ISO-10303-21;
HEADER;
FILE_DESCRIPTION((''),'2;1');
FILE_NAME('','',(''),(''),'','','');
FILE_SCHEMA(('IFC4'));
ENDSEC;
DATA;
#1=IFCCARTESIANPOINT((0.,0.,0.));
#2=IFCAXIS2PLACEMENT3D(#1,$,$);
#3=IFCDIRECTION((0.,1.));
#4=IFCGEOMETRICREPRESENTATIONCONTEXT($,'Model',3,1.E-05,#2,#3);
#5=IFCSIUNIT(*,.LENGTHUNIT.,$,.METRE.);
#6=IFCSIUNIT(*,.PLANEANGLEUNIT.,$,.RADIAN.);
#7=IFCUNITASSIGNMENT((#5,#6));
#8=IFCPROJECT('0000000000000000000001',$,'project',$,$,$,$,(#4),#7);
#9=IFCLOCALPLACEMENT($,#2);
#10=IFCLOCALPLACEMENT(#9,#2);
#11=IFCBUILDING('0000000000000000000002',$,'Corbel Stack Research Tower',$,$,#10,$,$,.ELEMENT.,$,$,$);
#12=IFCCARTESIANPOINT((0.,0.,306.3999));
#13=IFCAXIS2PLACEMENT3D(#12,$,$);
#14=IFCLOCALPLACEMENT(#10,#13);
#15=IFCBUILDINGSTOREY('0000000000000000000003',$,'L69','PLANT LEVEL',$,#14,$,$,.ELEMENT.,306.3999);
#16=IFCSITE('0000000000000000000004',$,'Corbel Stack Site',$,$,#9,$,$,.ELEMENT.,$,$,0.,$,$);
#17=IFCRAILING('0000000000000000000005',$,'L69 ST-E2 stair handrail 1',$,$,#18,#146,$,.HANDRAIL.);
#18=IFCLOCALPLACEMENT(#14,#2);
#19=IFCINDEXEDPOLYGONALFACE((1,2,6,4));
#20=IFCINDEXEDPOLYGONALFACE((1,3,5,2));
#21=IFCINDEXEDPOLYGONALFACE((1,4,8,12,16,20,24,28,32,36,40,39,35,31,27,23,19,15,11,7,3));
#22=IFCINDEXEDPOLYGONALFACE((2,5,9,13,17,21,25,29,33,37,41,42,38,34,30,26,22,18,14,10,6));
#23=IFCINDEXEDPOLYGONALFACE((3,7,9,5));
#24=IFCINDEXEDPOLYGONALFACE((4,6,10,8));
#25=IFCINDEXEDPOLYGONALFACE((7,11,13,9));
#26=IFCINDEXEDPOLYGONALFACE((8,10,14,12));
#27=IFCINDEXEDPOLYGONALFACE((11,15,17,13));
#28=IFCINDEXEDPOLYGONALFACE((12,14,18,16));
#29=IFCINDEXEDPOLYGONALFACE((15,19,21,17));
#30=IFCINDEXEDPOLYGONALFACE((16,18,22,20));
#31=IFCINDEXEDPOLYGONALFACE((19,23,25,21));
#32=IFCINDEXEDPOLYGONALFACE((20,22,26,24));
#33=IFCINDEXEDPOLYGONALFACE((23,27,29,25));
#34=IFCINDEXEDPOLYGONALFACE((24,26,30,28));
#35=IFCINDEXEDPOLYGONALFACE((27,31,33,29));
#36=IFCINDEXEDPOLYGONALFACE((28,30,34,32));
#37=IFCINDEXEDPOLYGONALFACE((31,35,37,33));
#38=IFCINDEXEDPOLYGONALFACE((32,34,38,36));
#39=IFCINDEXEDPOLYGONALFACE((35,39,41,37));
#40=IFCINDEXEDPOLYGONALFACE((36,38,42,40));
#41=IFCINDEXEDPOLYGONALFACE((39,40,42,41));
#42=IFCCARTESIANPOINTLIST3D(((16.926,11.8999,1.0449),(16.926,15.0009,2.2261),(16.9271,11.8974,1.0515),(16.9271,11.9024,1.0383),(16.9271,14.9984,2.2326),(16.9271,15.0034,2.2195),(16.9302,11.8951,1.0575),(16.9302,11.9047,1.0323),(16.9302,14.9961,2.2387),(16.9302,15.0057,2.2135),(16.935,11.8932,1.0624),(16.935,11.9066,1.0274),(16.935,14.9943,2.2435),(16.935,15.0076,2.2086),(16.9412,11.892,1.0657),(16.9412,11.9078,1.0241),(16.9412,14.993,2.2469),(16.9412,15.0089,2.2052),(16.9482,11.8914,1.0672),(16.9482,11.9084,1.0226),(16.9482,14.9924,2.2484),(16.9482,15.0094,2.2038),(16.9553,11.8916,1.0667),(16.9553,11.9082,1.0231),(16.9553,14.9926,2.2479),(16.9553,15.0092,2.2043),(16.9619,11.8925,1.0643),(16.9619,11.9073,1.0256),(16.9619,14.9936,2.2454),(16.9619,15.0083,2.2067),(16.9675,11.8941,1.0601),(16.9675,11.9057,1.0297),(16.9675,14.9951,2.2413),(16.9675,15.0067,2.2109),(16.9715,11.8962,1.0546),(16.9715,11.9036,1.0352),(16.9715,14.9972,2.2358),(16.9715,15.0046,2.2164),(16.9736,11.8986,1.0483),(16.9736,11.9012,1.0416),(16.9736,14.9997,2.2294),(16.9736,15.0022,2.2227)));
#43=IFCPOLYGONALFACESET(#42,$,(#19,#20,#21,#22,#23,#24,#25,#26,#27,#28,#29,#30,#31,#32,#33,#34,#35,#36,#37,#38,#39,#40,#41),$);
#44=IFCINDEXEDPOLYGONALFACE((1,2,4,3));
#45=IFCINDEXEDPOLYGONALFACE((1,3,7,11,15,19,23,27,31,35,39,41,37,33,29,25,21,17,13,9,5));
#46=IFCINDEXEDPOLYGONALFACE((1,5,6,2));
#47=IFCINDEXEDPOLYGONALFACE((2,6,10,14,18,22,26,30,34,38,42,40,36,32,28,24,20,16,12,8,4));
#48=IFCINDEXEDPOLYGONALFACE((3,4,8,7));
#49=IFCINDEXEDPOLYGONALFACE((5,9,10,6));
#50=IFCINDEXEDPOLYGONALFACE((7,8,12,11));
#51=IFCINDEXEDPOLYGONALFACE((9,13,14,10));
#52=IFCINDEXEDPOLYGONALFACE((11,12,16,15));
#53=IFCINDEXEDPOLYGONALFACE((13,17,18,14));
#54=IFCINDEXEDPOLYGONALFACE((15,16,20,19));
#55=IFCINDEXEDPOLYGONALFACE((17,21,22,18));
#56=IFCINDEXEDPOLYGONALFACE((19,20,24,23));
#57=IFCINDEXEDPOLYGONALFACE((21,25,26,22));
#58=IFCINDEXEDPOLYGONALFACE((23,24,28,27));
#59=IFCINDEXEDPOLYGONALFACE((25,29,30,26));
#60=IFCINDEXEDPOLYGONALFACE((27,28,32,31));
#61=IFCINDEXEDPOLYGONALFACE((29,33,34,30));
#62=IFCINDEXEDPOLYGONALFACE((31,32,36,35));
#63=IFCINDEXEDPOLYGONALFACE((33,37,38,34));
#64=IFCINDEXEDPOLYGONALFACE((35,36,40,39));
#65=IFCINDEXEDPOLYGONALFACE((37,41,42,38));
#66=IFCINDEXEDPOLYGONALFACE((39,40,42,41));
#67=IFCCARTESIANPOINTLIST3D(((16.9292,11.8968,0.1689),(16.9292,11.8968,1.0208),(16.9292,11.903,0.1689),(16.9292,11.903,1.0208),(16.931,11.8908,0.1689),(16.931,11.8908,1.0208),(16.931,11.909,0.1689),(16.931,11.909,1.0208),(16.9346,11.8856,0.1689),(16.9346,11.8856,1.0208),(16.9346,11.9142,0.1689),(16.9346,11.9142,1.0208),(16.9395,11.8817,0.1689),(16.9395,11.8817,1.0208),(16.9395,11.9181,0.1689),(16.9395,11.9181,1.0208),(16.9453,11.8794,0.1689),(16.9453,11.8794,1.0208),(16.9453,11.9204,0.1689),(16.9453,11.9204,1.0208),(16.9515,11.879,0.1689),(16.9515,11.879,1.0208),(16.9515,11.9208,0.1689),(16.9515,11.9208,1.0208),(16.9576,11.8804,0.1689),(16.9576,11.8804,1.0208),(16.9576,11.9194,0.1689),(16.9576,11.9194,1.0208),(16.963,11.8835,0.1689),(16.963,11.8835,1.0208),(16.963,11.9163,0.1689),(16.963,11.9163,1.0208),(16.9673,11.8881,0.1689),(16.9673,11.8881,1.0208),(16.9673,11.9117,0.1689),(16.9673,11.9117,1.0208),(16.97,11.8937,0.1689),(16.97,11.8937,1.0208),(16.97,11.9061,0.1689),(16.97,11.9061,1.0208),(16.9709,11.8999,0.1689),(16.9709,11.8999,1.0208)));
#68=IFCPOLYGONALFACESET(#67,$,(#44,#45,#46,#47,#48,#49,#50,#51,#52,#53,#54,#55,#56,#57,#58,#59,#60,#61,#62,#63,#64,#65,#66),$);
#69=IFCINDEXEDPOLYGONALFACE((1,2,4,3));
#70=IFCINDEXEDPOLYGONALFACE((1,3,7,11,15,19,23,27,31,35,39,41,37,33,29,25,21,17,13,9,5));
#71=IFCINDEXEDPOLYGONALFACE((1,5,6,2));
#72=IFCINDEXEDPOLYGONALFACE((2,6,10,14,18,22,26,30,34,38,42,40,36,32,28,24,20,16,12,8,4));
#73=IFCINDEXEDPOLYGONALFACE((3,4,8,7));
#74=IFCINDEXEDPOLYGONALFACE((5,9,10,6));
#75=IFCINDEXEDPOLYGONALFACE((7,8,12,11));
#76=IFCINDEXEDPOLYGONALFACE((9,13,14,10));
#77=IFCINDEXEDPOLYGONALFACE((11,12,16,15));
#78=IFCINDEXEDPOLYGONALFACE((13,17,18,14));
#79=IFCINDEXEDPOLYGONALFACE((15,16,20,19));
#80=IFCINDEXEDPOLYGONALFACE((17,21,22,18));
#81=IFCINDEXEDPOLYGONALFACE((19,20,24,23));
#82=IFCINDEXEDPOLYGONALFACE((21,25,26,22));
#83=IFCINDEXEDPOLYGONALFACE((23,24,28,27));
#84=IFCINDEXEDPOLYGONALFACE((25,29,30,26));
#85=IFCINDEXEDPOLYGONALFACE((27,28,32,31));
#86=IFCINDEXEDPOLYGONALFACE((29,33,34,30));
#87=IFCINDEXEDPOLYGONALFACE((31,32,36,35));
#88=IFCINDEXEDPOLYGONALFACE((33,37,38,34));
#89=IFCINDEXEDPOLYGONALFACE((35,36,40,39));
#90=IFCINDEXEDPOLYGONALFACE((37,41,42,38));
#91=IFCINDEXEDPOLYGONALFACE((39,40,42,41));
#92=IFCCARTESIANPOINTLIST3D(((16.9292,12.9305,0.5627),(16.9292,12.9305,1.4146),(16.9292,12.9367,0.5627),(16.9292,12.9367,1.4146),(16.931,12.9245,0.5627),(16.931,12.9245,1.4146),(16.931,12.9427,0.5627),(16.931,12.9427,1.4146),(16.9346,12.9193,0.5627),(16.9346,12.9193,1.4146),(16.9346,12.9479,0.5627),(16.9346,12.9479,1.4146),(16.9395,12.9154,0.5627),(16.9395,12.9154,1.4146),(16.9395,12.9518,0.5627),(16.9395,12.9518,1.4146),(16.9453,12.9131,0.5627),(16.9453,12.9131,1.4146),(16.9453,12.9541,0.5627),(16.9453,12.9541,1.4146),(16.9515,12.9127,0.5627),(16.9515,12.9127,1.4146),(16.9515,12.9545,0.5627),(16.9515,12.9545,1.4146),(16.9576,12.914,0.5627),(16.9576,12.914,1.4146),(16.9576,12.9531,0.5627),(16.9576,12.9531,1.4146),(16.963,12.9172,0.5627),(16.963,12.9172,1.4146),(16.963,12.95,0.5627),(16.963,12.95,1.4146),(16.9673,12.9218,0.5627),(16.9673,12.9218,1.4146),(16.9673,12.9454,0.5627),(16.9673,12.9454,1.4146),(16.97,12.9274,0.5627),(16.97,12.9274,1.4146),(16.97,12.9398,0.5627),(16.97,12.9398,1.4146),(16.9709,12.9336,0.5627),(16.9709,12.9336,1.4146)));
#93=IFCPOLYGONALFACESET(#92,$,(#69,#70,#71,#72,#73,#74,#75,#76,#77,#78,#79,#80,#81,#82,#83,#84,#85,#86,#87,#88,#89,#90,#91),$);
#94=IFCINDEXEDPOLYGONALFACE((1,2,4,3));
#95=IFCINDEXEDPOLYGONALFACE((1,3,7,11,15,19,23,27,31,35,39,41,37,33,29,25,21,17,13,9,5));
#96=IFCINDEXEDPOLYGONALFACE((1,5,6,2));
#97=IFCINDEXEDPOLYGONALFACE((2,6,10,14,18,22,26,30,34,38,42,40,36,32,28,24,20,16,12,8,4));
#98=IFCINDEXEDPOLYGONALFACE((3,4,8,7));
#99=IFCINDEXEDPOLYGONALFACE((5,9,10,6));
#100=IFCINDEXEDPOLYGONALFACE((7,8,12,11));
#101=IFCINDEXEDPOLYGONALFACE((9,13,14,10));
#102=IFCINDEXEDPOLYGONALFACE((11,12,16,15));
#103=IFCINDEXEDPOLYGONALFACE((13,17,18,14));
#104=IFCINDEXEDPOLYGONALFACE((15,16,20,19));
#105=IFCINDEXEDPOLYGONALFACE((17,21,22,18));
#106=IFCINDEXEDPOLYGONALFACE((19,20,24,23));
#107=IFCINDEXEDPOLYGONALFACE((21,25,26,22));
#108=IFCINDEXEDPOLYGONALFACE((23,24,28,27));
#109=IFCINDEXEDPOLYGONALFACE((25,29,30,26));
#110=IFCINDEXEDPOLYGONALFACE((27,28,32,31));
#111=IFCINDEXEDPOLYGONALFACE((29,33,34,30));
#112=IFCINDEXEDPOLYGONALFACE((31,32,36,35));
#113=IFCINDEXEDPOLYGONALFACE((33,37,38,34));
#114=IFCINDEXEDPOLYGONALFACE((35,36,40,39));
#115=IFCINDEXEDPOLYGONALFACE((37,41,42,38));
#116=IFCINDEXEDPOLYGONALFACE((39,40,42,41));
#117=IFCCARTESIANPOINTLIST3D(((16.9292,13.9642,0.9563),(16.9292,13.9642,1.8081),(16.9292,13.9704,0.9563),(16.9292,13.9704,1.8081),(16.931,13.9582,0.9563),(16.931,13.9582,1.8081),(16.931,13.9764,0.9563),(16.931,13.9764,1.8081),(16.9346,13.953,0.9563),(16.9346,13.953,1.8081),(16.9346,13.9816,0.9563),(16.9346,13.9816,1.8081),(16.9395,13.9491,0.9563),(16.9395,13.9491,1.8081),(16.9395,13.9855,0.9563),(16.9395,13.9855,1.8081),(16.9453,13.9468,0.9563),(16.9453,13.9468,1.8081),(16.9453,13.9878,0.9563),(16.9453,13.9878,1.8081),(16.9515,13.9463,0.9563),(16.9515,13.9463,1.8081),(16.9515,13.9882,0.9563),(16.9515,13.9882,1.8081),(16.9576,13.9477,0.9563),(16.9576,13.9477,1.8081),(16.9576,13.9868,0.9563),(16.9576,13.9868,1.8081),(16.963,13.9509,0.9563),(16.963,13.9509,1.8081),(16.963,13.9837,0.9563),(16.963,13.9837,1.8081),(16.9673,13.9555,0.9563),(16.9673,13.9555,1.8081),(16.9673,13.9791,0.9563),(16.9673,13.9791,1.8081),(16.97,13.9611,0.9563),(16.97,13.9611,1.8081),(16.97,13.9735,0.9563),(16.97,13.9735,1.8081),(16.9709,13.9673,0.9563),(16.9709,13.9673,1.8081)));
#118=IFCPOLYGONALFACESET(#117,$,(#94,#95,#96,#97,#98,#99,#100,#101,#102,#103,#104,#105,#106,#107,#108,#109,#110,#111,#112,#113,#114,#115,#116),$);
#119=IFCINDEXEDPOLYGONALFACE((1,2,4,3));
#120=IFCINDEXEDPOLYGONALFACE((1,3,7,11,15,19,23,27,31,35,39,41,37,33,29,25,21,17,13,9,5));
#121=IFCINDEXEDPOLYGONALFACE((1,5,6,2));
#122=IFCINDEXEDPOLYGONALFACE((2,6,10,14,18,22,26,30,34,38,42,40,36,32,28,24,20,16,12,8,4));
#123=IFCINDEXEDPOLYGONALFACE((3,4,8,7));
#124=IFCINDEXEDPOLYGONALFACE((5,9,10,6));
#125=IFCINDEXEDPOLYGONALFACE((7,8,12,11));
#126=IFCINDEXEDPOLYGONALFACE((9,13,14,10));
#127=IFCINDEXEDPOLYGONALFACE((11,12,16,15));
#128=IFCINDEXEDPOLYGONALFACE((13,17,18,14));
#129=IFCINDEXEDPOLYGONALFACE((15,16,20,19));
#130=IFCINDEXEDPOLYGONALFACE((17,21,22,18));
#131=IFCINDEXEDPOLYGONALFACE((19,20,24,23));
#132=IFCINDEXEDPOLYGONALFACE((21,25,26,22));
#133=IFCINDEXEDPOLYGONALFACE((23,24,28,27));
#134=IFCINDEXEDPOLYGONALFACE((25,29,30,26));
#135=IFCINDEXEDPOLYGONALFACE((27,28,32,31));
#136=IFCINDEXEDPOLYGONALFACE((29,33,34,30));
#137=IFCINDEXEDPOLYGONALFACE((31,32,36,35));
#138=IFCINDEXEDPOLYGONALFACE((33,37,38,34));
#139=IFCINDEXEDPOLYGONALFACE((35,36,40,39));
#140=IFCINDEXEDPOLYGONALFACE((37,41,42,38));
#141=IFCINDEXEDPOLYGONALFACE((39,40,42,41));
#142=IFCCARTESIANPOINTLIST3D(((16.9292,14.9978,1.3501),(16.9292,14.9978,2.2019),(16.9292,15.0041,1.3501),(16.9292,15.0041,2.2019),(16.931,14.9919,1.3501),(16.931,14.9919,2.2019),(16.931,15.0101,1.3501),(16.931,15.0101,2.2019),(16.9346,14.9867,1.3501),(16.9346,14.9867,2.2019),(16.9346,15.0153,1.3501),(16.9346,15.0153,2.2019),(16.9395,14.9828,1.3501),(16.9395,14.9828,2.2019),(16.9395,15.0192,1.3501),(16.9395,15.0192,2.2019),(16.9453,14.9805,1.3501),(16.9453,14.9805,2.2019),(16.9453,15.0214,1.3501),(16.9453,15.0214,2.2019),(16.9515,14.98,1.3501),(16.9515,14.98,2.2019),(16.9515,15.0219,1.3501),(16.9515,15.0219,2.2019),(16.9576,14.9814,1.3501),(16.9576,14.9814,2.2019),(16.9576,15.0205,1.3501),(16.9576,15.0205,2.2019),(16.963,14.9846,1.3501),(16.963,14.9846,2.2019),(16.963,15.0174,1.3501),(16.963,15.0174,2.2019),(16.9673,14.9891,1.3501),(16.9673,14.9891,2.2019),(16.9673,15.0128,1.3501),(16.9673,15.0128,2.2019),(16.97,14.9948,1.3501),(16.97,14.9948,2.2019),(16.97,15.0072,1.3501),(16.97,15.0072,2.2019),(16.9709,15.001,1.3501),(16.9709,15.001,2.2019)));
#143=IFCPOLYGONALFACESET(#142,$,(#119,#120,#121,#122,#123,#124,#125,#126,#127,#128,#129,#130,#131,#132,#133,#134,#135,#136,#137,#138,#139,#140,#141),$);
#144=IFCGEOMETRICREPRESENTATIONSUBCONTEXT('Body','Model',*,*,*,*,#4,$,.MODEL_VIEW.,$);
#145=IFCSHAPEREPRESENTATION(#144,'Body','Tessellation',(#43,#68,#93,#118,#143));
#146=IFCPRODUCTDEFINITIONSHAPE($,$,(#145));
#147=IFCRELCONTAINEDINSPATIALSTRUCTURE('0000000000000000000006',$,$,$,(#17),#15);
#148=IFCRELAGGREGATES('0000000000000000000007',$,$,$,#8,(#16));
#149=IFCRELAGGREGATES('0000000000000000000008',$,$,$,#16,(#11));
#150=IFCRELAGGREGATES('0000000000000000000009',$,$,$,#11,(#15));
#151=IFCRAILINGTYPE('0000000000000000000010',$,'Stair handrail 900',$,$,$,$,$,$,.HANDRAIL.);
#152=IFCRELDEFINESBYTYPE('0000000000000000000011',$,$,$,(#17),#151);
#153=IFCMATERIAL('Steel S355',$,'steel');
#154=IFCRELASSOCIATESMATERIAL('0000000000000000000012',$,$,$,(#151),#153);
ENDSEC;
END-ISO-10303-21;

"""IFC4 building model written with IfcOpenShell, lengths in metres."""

from ifc_helpers import new_model, si_unit, direction, frame, origin, origin_2d, place, context, subcontext, project, spatial, circle, extrude, material, type_object, element, save


model = new_model("IFC4")

# Units and contexts
model_context = context("Model", 3, precision=1e-05, world=origin(), true_north=direction((0.0, 1.0)))
body_context = subcontext(model_context, "Body", "Model", "MODEL_VIEW")
ifc_project = project(units=[si_unit("LENGTHUNIT", "METRE"), si_unit("PLANEANGLEUNIT", "RADIAN")], contexts=[model_context])

# Site, building, storey
site_placement = place(None, origin())
site = spatial("IfcSite", under=ifc_project, at=site_placement, Name="Corbel Stack Site", CompositionType="ELEMENT", RefElevation=0.0)
building_placement = place(site_placement, origin())
building = spatial("IfcBuilding", under=site, at=building_placement, Name="Corbel Stack Research Tower", CompositionType="ELEMENT")
storey_placement = place(building_placement, frame((0.0, 0.0, 306.3999)))
storey = spatial("IfcBuildingStorey", under=building, at=storey_placement, Name="L69", Description="PLANT LEVEL", CompositionType="ELEMENT", Elevation=306.3999)

# Railing
ifc_material_1 = material(Name="Steel S355", Category="steel")
railing_type_1 = type_object("IfcRailingType", Name="Stair handrail 900", PredefinedType="HANDRAIL", material=ifc_material_1)
railing_1_placement = place(storey_placement, frame((16.95, 11.8999, 0.1689)))
element("IfcRailing", 1, at=railing_1_placement, inside=storey, type_object=railing_type_1, Name="L69 ST-E2 stair handrail 1", PredefinedType="HANDRAIL", context=body_context, shape_type="SweptSolid", body=[
    extrude(circle(Radius=0.0239, at=origin_2d()), frame((0.0, 0.0, 0.876), z_axis=(0.0, 0.934509, 0.35594), x_axis=(-1.0, 0.0, 0.0)), (0.0, 0.0, 1.0), 3.3184),
    extrude(circle(Radius=0.021, at=origin_2d()), origin(), (0.0, 0.0, 1.0), 0.8518),
    extrude(circle(Radius=0.021, at=origin_2d()), frame((0.0, 1.0337, 0.3938)), (0.0, 0.0, 1.0), 0.8518),
    extrude(circle(Radius=0.021, at=origin_2d()), frame((0.0, 2.0674, 0.7874)), (0.0, 0.0, 1.0), 0.8518),
    extrude(circle(Radius=0.021, at=origin_2d()), frame((0.0, 3.1011, 1.1812)), (0.0, 0.0, 1.0), 0.8518),
])

save(model, "model.ifc")
